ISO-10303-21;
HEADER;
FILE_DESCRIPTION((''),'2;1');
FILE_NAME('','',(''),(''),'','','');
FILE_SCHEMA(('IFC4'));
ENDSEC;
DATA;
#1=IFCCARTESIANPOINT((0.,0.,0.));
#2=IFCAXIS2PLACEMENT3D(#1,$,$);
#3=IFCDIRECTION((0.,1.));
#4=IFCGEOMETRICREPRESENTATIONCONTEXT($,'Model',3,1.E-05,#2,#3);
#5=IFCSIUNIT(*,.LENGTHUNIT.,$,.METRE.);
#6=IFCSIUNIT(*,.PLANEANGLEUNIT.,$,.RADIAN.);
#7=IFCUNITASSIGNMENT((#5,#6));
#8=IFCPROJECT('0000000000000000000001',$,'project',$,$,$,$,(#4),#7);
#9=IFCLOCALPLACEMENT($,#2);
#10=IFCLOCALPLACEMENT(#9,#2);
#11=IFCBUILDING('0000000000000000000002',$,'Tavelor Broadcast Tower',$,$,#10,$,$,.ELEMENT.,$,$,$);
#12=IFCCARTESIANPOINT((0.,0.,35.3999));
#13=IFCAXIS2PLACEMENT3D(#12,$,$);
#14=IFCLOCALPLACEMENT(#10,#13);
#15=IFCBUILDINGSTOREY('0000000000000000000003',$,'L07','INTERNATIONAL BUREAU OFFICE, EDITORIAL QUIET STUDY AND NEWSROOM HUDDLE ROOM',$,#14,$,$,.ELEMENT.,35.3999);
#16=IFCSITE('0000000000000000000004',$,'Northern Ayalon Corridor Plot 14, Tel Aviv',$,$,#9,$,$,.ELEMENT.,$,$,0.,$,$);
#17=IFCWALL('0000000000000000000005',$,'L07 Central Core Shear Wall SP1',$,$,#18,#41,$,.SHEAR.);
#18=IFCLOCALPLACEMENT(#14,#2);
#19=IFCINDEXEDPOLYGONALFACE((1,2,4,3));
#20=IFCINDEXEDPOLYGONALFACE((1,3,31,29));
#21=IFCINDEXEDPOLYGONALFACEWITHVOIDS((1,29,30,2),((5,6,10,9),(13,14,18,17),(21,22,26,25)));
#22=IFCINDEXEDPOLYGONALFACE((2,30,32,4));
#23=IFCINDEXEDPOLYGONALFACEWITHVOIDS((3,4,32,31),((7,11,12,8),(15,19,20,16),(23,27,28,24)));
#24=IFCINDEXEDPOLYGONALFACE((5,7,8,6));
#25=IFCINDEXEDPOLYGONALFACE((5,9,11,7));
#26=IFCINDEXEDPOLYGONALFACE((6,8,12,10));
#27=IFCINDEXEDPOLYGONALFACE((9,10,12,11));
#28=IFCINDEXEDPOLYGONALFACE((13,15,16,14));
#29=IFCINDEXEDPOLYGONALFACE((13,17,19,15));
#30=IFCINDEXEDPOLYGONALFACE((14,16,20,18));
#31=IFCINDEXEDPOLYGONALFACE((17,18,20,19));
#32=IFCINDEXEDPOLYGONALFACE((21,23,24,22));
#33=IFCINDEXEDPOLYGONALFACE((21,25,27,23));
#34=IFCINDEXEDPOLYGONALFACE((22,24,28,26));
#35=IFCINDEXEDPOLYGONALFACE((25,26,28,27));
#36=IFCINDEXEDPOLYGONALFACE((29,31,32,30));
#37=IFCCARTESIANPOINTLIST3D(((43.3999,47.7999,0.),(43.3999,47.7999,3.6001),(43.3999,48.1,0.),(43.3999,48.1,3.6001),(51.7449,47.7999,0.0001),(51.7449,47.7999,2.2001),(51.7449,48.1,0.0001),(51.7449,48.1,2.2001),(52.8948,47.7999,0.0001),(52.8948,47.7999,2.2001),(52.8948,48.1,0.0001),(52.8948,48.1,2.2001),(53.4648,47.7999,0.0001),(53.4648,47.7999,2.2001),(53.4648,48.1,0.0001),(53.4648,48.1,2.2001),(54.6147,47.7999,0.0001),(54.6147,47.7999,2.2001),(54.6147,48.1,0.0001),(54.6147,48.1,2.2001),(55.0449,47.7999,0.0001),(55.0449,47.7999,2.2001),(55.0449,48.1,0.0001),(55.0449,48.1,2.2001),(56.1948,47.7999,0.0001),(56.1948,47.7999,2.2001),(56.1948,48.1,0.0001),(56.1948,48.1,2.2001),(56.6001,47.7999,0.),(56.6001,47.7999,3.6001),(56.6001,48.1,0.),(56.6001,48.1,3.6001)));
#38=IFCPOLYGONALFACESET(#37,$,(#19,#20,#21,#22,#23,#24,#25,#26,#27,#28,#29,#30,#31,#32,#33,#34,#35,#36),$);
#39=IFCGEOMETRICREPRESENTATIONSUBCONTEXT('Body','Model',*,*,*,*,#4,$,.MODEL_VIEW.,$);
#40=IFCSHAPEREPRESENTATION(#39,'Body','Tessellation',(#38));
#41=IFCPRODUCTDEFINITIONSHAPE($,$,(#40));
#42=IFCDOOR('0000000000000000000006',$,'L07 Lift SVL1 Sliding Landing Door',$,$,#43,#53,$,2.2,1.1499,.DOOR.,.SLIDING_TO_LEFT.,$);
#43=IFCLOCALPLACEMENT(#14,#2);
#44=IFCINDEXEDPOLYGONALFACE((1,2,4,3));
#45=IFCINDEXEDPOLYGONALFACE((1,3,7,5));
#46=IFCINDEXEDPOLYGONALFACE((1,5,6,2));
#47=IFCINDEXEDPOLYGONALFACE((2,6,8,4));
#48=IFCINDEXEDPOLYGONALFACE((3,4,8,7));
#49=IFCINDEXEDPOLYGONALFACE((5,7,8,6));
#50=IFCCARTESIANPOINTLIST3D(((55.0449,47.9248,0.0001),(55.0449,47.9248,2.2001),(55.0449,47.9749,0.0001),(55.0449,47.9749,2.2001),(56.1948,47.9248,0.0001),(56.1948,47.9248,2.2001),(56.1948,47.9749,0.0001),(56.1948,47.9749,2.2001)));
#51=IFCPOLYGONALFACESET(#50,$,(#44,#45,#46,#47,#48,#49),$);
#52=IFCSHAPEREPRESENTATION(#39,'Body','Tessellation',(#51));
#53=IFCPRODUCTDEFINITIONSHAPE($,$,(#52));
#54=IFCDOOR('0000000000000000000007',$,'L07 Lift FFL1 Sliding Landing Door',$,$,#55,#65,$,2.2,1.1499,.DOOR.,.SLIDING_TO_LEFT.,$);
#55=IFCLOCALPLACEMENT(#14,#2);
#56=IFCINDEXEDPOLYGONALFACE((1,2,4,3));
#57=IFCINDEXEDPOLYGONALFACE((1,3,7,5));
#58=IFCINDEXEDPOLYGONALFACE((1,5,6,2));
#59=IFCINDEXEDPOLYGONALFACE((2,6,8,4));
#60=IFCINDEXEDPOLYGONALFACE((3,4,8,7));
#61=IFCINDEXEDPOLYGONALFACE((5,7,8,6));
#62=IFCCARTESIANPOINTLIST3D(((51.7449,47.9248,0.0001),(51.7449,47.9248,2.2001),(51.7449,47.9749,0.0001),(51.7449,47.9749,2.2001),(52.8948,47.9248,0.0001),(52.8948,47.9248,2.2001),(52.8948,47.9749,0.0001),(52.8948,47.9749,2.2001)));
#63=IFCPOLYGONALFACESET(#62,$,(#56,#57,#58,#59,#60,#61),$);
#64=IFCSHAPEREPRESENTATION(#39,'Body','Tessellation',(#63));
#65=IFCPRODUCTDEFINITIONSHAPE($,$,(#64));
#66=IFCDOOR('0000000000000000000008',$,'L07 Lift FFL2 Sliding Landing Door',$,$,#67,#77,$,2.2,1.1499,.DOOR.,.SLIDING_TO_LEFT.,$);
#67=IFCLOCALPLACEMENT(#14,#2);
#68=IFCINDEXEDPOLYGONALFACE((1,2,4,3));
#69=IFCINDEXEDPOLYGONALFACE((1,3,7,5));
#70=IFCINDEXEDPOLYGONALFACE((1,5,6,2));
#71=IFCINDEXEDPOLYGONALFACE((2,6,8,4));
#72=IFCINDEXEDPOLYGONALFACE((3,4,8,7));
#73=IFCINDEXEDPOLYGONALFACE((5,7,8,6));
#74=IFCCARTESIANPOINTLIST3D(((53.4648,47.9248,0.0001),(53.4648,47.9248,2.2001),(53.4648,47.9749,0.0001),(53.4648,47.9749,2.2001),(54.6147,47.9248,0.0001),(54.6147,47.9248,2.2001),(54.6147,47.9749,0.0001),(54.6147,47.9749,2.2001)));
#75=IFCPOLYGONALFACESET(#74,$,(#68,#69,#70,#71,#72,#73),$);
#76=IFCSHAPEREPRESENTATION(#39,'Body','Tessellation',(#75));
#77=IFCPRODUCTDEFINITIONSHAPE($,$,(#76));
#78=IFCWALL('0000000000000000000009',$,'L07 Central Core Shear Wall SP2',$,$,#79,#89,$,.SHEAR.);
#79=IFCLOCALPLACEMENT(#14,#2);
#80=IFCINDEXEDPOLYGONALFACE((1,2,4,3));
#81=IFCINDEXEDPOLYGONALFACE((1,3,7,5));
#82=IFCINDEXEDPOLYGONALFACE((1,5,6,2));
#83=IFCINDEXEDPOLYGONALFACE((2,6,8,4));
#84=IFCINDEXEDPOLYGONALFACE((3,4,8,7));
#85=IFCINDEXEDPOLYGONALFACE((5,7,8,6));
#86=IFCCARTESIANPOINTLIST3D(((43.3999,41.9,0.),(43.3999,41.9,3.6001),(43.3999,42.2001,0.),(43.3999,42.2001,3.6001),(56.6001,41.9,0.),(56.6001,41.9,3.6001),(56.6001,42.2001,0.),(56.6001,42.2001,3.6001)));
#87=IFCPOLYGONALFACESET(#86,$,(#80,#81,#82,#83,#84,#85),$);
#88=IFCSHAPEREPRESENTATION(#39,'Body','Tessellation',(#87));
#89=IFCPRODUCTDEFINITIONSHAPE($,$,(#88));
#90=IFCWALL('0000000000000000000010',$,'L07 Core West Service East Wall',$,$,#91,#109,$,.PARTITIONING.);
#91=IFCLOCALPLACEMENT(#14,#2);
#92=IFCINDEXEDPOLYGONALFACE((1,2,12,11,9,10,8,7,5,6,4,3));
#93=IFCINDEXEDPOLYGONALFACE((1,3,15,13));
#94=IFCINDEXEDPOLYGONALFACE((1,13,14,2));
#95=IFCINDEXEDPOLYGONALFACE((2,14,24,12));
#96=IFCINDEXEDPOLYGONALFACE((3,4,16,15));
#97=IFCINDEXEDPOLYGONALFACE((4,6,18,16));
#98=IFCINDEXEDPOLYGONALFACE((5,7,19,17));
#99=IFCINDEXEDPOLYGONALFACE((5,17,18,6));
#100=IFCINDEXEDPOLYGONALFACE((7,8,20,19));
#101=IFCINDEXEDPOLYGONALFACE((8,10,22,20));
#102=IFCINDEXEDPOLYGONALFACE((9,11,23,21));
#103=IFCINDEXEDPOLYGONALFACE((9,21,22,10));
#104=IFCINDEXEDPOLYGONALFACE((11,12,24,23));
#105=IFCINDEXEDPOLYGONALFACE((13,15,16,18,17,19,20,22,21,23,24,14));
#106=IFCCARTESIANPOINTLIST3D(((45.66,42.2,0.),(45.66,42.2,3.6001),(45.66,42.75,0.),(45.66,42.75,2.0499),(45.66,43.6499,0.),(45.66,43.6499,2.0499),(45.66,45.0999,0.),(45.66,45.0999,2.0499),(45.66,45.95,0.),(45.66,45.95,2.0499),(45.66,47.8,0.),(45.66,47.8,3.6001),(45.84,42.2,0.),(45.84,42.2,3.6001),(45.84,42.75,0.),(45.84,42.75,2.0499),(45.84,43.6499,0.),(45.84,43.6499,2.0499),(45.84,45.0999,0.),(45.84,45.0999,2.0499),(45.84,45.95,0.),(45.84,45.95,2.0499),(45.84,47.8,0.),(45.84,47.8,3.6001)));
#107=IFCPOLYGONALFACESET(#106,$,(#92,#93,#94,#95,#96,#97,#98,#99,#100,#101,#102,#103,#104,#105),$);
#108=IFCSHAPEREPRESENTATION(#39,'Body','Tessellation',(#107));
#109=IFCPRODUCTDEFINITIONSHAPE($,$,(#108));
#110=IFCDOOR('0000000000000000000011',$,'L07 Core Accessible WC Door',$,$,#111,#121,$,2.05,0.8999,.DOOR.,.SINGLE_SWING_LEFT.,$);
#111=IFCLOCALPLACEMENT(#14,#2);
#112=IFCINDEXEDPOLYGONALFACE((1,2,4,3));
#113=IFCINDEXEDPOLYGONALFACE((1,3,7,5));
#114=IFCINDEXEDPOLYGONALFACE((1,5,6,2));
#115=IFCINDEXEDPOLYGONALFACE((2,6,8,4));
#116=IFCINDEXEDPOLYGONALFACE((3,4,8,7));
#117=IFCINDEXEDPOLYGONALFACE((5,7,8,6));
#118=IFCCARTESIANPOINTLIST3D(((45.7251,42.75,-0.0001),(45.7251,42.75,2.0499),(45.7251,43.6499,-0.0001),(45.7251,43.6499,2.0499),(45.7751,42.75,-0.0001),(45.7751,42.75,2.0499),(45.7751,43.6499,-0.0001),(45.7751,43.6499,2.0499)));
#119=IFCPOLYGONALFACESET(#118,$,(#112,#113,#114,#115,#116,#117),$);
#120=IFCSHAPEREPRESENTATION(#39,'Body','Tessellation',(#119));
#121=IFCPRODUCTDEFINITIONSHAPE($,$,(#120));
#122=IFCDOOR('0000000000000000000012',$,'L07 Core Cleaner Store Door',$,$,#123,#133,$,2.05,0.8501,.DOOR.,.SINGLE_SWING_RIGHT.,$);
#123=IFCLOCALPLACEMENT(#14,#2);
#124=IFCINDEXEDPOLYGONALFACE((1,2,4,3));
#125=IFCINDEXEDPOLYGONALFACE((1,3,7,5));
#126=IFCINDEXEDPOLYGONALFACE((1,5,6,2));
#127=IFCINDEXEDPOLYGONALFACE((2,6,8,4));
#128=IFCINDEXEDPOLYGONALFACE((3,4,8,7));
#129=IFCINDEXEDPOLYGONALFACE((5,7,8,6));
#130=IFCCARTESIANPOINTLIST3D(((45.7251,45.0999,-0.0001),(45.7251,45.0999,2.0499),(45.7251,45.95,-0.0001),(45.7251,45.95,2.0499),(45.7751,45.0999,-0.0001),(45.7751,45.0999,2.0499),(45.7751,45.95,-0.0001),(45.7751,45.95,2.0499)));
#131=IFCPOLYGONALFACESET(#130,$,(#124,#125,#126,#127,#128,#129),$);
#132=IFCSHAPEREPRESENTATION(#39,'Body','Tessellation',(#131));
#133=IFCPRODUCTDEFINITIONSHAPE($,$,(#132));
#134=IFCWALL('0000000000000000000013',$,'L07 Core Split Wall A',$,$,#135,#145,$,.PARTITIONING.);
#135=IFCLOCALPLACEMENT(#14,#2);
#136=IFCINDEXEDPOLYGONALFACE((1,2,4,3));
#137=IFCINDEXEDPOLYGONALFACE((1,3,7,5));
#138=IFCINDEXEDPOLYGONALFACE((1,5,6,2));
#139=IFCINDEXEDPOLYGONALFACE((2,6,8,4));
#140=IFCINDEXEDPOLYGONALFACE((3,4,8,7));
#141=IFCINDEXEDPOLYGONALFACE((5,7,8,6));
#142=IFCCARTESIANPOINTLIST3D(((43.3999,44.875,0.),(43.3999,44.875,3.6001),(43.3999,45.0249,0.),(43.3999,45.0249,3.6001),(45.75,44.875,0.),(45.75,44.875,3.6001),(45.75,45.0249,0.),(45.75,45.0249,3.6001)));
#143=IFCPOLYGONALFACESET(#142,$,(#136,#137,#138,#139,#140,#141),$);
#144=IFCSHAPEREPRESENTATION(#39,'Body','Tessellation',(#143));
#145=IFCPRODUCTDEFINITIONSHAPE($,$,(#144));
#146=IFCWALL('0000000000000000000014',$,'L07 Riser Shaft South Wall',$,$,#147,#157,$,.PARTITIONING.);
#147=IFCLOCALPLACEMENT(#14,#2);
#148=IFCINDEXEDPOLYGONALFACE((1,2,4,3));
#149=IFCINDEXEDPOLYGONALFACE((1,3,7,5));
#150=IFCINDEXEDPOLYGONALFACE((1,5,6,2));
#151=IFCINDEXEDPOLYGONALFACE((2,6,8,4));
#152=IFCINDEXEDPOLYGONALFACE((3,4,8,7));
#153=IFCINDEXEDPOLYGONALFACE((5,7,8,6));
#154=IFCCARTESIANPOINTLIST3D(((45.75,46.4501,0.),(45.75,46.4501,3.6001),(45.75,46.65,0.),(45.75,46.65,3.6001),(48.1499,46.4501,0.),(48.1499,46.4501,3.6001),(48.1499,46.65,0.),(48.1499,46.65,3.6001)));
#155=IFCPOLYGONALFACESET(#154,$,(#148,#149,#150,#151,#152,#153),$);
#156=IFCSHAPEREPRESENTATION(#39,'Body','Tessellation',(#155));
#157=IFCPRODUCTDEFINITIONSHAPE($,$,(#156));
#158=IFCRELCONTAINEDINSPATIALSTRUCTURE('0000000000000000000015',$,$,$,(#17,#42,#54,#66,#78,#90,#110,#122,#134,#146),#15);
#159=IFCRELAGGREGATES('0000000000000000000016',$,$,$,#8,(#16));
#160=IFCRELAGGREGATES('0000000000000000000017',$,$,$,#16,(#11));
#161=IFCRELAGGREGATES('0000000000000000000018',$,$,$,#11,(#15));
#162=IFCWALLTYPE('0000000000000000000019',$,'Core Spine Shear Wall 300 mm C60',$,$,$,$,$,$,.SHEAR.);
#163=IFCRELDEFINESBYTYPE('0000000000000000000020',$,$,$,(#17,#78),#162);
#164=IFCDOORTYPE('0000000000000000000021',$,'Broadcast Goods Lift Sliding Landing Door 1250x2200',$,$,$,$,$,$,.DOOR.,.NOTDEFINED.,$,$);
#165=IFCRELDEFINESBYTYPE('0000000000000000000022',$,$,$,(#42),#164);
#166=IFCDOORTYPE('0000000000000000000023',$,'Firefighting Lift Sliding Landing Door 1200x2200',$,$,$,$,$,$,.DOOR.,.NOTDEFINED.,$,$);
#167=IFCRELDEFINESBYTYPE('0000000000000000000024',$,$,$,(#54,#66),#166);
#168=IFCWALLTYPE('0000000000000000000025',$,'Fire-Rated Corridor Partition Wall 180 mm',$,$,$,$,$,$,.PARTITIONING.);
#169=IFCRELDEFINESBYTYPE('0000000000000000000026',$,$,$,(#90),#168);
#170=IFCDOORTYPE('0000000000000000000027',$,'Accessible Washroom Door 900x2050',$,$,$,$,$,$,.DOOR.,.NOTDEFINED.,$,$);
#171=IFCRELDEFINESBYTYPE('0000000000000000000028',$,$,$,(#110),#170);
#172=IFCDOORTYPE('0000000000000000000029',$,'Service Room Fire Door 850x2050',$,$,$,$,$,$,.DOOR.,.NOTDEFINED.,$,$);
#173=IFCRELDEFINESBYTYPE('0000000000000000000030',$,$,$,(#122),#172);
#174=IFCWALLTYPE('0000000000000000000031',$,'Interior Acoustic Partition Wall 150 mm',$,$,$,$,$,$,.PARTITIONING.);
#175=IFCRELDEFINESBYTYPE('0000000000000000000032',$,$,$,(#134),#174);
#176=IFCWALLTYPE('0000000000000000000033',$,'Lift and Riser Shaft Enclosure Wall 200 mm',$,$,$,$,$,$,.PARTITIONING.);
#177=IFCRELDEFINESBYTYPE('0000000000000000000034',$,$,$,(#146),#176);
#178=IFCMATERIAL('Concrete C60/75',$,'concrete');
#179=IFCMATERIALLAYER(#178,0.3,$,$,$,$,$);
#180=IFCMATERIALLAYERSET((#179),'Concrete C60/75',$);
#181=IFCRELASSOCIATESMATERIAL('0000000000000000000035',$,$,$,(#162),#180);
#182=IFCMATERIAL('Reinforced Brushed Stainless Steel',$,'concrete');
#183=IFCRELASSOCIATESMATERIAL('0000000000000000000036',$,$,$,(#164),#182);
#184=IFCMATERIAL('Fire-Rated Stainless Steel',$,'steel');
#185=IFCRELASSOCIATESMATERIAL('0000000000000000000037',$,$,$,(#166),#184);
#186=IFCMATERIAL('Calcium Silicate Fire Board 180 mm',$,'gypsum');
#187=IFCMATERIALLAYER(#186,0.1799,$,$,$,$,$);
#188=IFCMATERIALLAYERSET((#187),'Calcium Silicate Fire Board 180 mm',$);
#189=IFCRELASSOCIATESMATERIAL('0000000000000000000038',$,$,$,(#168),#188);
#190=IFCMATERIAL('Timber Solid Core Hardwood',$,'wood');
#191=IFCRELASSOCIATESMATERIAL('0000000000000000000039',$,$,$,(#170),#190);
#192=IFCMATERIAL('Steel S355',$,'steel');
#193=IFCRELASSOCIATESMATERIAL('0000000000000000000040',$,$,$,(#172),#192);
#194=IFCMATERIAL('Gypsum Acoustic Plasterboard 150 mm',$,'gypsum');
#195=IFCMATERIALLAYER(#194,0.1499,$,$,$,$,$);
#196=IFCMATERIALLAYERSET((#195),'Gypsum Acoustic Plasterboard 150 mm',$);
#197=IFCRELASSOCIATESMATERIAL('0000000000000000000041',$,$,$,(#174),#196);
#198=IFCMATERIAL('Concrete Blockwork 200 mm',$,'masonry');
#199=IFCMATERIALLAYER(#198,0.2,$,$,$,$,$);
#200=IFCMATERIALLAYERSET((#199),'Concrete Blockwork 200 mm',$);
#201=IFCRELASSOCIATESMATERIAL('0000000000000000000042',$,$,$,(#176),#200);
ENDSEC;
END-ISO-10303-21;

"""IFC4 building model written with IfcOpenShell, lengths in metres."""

from ifc_helpers import new_model, si_unit, direction, frame, frame_2d, origin, place, context, subcontext, project, spatial, rectangle, extrude, material, layer, layer_set, type_object, element, fill, save


model = new_model("IFC4")

# Units and contexts
model_context = context("Model", 3, precision=1e-05, world=origin(), true_north=direction((0.0, 1.0)))
body_context = subcontext(model_context, "Body", "Model", "MODEL_VIEW")
ifc_project = project(units=[si_unit("LENGTHUNIT", "METRE"), si_unit("PLANEANGLEUNIT", "RADIAN")], contexts=[model_context])

# Site, building, storey
site_placement = place(None, origin())
site = spatial("IfcSite", under=ifc_project, at=site_placement, Name="Northern Ayalon Corridor Plot 14, Tel Aviv", CompositionType="ELEMENT", RefElevation=0.0)
building_placement = place(site_placement, origin())
building = spatial("IfcBuilding", under=site, at=building_placement, Name="Tavelor Broadcast Tower", CompositionType="ELEMENT")
storey_placement = place(building_placement, frame((0.0, 0.0, 35.3999)))
storey = spatial("IfcBuildingStorey", under=building, at=storey_placement, Name="L07", Description="INTERNATIONAL BUREAU OFFICE, EDITORIAL QUIET STUDY AND NEWSROOM HUDDLE ROOM", CompositionType="ELEMENT", Elevation=35.3999)

# Shared definitions
ifc_material_1 = material(Name="Concrete C60/75", Category="concrete")

# Shared definitions
ifc_material_2 = material(Name="Steel S355", Category="steel")

# Wall, openings, doors
ifc_layer_1 = layer(ifc_material_1, 0.3)
ifc_layer_set_1 = layer_set([ifc_layer_1], Name="Concrete C60/75")
wall_type_1 = type_object("IfcWallType", Name="Core Spine Shear Wall 300 mm C60", PredefinedType="SHEAR", material=ifc_layer_set_1)
wall_1_placement = place(storey_placement, frame((43.3999, 47.95, 0.0), z_axis=(0.0, 0.0, 1.0), x_axis=(1.0, 0.0, 0.0)))
wall_1 = element("IfcWall", 1, at=wall_1_placement, inside=storey, type_object=wall_type_1, Name="L07 Central Core Shear Wall SP1", PredefinedType="SHEAR", context=body_context, shape_type="SweptSolid", body=[
    extrude(rectangle(XDim=13.2002, YDim=0.3, at=frame_2d((6.6001, 0.0))), origin(), (0.0, 0.0, 1.0), 3.6001),
])
opening_1_placement = place(wall_1_placement, frame((8.345, 0.0, 0.0)))
opening_1 = element("IfcOpeningElement", 2, at=opening_1_placement, cuts=wall_1, PredefinedType="OPENING", context=body_context, shape_type="SweptSolid", body=[
    extrude(rectangle(XDim=1.1499, YDim=2.2, at=frame_2d((0.575, 1.1001))), frame((0.0, 0.1602, 0.0), z_axis=(0.0, -1.0, 0.0), x_axis=(1.0, 0.0, 0.0)), (0.0, 0.0, 1.0), 0.3201),
])
opening_2_placement = place(wall_1_placement, frame((10.0649, 0.0, 0.0)))
opening_2 = element("IfcOpeningElement", 3, at=opening_2_placement, cuts=wall_1, PredefinedType="OPENING", context=body_context, shape_type="SweptSolid", body=[
    extrude(rectangle(XDim=1.1499, YDim=2.2, at=frame_2d((0.575, 1.1001))), frame((0.0, 0.1602, 0.0), z_axis=(0.0, -1.0, 0.0), x_axis=(1.0, 0.0, 0.0)), (0.0, 0.0, 1.0), 0.3201),
])
opening_3_placement = place(wall_1_placement, frame((11.645, 0.0, 0.0)))
opening_3 = element("IfcOpeningElement", 4, at=opening_3_placement, cuts=wall_1, PredefinedType="OPENING", context=body_context, shape_type="SweptSolid", body=[
    extrude(rectangle(XDim=1.1499, YDim=2.2, at=frame_2d((0.575, 1.1001))), frame((0.0, 0.1602, 0.0), z_axis=(0.0, -1.0, 0.0), x_axis=(1.0, 0.0, 0.0)), (0.0, 0.0, 1.0), 0.3201),
])
ifc_material_3 = material(Name="Reinforced Brushed Stainless Steel", Category="concrete")
door_type_1 = type_object("IfcDoorType", Name="Broadcast Goods Lift Sliding Landing Door 1250x2200", OperationType="NOTDEFINED", PredefinedType="DOOR", material=ifc_material_3)
door_1_placement = place(opening_3_placement, origin())
door_1 = element("IfcDoor", 5, at=door_1_placement, inside=storey, type_object=door_type_1, Name="L07 Lift SVL1 Sliding Landing Door", OperationType="SLIDING_TO_LEFT", OverallHeight=2.2, OverallWidth=1.1499, PredefinedType="DOOR", context=body_context, shape_type="SweptSolid", body=[
    extrude(rectangle(XDim=1.1499, YDim=2.2, at=frame_2d((0.575, 1.1001))), frame((0.0, 0.0249, 0.0), z_axis=(0.0, -1.0, 0.0), x_axis=(1.0, 0.0, 0.0)), (0.0, 0.0, 1.0), 0.05),
])
fill(opening_3, door_1)
ifc_material_4 = material(Name="Fire-Rated Stainless Steel", Category="steel")
door_type_2 = type_object("IfcDoorType", Name="Firefighting Lift Sliding Landing Door 1200x2200", OperationType="NOTDEFINED", PredefinedType="DOOR", material=ifc_material_4)
door_2_placement = place(opening_1_placement, origin())
door_2 = element("IfcDoor", 6, at=door_2_placement, inside=storey, type_object=door_type_2, Name="L07 Lift FFL1 Sliding Landing Door", OperationType="SLIDING_TO_LEFT", OverallHeight=2.2, OverallWidth=1.1499, PredefinedType="DOOR", context=body_context, shape_type="SweptSolid", body=[
    extrude(rectangle(XDim=1.1499, YDim=2.2, at=frame_2d((0.575, 1.1001))), frame((0.0, 0.0249, 0.0), z_axis=(0.0, -1.0, 0.0), x_axis=(1.0, 0.0, 0.0)), (0.0, 0.0, 1.0), 0.05),
])
fill(opening_1, door_2)
door_3_placement = place(opening_2_placement, origin())
door_3 = element("IfcDoor", 7, at=door_3_placement, inside=storey, type_object=door_type_2, Name="L07 Lift FFL2 Sliding Landing Door", OperationType="SLIDING_TO_LEFT", OverallHeight=2.2, OverallWidth=1.1499, PredefinedType="DOOR", context=body_context, shape_type="SweptSolid", body=[
    extrude(rectangle(XDim=1.1499, YDim=2.2, at=frame_2d((0.575, 1.1001))), frame((0.0, 0.0249, 0.0), z_axis=(0.0, -1.0, 0.0), x_axis=(1.0, 0.0, 0.0)), (0.0, 0.0, 1.0), 0.05),
])
fill(opening_2, door_3)

# Wall
wall_2_placement = place(storey_placement, frame((43.3999, 42.05, 0.0), z_axis=(0.0, 0.0, 1.0), x_axis=(1.0, 0.0, 0.0)))
element("IfcWall", 8, at=wall_2_placement, inside=storey, type_object=wall_type_1, Name="L07 Central Core Shear Wall SP2", PredefinedType="SHEAR", context=body_context, shape_type="SweptSolid", body=[
    extrude(rectangle(XDim=13.2002, YDim=0.3, at=frame_2d((6.6001, 0.0))), origin(), (0.0, 0.0, 1.0), 3.6001),
])

# Wall, openings, doors
ifc_material_5 = material(Name="Calcium Silicate Fire Board 180 mm", Category="gypsum")
ifc_layer_2 = layer(ifc_material_5, 0.1799)
ifc_layer_set_2 = layer_set([ifc_layer_2], Name="Calcium Silicate Fire Board 180 mm")
wall_type_2 = type_object("IfcWallType", Name="Fire-Rated Corridor Partition Wall 180 mm", PredefinedType="PARTITIONING", material=ifc_layer_set_2)
wall_3_placement = place(storey_placement, frame((45.75, 42.2, 0.0), z_axis=(0.0, 0.0, 1.0), x_axis=(0.0, 1.0, 0.0)))
wall_3 = element("IfcWall", 9, at=wall_3_placement, inside=storey, type_object=wall_type_2, Name="L07 Core West Service East Wall", PredefinedType="PARTITIONING", context=body_context, shape_type="SweptSolid", body=[
    extrude(rectangle(XDim=5.6001, YDim=0.1799, at=frame_2d((2.8, 0.0))), origin(), (0.0, 0.0, 1.0), 3.6001),
])
opening_4_placement = place(wall_3_placement, frame((0.55, 0.0, 0.0)))
opening_4 = element("IfcOpeningElement", 10, at=opening_4_placement, cuts=wall_3, PredefinedType="OPENING", context=body_context, shape_type="SweptSolid", body=[
    extrude(rectangle(XDim=0.8999, YDim=2.05, at=frame_2d((0.45, 1.0249))), frame((0.0, 0.1001, 0.0), z_axis=(0.0, -1.0, 0.0), x_axis=(1.0, 0.0, 0.0)), (0.0, 0.0, 1.0), 0.2),
])
opening_5_placement = place(wall_3_placement, frame((2.8999, 0.0, 0.0)))
opening_5 = element("IfcOpeningElement", 11, at=opening_5_placement, cuts=wall_3, PredefinedType="OPENING", context=body_context, shape_type="SweptSolid", body=[
    extrude(rectangle(XDim=0.8501, YDim=2.05, at=frame_2d((0.425, 1.0249))), frame((0.0, 0.1001, 0.0), z_axis=(0.0, -1.0, 0.0), x_axis=(1.0, 0.0, 0.0)), (0.0, 0.0, 1.0), 0.2),
])
ifc_material_6 = material(Name="Timber Solid Core Hardwood", Category="wood")
door_type_3 = type_object("IfcDoorType", Name="Accessible Washroom Door 900x2050", OperationType="NOTDEFINED", PredefinedType="DOOR", material=ifc_material_6)
door_4_placement = place(opening_4_placement, origin())
door_4 = element("IfcDoor", 12, at=door_4_placement, inside=storey, type_object=door_type_3, Name="L07 Core Accessible WC Door", OperationType="SINGLE_SWING_LEFT", OverallHeight=2.05, OverallWidth=0.8999, PredefinedType="DOOR", context=body_context, shape_type="SweptSolid", body=[
    extrude(rectangle(XDim=0.8999, YDim=2.05, at=frame_2d((0.45, 1.0249))), frame((0.0, 0.0249, 0.0), z_axis=(0.0, -1.0, 0.0), x_axis=(1.0, 0.0, 0.0)), (0.0, 0.0, 1.0), 0.05),
])
fill(opening_4, door_4)
door_type_4 = type_object("IfcDoorType", Name="Service Room Fire Door 850x2050", OperationType="NOTDEFINED", PredefinedType="DOOR", material=ifc_material_2)
door_5_placement = place(opening_5_placement, origin())
door_5 = element("IfcDoor", 13, at=door_5_placement, inside=storey, type_object=door_type_4, Name="L07 Core Cleaner Store Door", OperationType="SINGLE_SWING_RIGHT", OverallHeight=2.05, OverallWidth=0.8501, PredefinedType="DOOR", context=body_context, shape_type="SweptSolid", body=[
    extrude(rectangle(XDim=0.8501, YDim=2.05, at=frame_2d((0.425, 1.0249))), frame((0.0, 0.0249, 0.0), z_axis=(0.0, -1.0, 0.0), x_axis=(1.0, 0.0, 0.0)), (0.0, 0.0, 1.0), 0.05),
])
fill(opening_5, door_5)

# Walls
ifc_material_7 = material(Name="Gypsum Acoustic Plasterboard 150 mm", Category="gypsum")
ifc_layer_3 = layer(ifc_material_7, 0.1499)
ifc_layer_set_3 = layer_set([ifc_layer_3], Name="Gypsum Acoustic Plasterboard 150 mm")
wall_type_3 = type_object("IfcWallType", Name="Interior Acoustic Partition Wall 150 mm", PredefinedType="PARTITIONING", material=ifc_layer_set_3)
wall_4_placement = place(storey_placement, frame((43.3999, 44.95, 0.0), z_axis=(0.0, 0.0, 1.0), x_axis=(1.0, 0.0, 0.0)))
element("IfcWall", 14, at=wall_4_placement, inside=storey, type_object=wall_type_3, Name="L07 Core Split Wall A", PredefinedType="PARTITIONING", context=body_context, shape_type="SweptSolid", body=[
    extrude(rectangle(XDim=2.3501, YDim=0.1499, at=frame_2d((1.175, 0.0))), origin(), (0.0, 0.0, 1.0), 3.6001),
])
ifc_material_8 = material(Name="Concrete Blockwork 200 mm", Category="masonry")
ifc_layer_4 = layer(ifc_material_8, 0.2)
ifc_layer_set_4 = layer_set([ifc_layer_4], Name="Concrete Blockwork 200 mm")
wall_type_4 = type_object("IfcWallType", Name="Lift and Riser Shaft Enclosure Wall 200 mm", PredefinedType="PARTITIONING", material=ifc_layer_set_4)
wall_5_placement = place(storey_placement, frame((45.75, 46.55, 0.0), z_axis=(0.0, 0.0, 1.0), x_axis=(1.0, 0.0, 0.0)))
element("IfcWall", 15, at=wall_5_placement, inside=storey, type_object=wall_type_4, Name="L07 Riser Shaft South Wall", PredefinedType="PARTITIONING", context=body_context, shape_type="SweptSolid", body=[
    extrude(rectangle(XDim=2.3999, YDim=0.2, at=frame_2d((1.2, 0.0))), origin(), (0.0, 0.0, 1.0), 3.6001),
])

save(model, "model.ifc")
